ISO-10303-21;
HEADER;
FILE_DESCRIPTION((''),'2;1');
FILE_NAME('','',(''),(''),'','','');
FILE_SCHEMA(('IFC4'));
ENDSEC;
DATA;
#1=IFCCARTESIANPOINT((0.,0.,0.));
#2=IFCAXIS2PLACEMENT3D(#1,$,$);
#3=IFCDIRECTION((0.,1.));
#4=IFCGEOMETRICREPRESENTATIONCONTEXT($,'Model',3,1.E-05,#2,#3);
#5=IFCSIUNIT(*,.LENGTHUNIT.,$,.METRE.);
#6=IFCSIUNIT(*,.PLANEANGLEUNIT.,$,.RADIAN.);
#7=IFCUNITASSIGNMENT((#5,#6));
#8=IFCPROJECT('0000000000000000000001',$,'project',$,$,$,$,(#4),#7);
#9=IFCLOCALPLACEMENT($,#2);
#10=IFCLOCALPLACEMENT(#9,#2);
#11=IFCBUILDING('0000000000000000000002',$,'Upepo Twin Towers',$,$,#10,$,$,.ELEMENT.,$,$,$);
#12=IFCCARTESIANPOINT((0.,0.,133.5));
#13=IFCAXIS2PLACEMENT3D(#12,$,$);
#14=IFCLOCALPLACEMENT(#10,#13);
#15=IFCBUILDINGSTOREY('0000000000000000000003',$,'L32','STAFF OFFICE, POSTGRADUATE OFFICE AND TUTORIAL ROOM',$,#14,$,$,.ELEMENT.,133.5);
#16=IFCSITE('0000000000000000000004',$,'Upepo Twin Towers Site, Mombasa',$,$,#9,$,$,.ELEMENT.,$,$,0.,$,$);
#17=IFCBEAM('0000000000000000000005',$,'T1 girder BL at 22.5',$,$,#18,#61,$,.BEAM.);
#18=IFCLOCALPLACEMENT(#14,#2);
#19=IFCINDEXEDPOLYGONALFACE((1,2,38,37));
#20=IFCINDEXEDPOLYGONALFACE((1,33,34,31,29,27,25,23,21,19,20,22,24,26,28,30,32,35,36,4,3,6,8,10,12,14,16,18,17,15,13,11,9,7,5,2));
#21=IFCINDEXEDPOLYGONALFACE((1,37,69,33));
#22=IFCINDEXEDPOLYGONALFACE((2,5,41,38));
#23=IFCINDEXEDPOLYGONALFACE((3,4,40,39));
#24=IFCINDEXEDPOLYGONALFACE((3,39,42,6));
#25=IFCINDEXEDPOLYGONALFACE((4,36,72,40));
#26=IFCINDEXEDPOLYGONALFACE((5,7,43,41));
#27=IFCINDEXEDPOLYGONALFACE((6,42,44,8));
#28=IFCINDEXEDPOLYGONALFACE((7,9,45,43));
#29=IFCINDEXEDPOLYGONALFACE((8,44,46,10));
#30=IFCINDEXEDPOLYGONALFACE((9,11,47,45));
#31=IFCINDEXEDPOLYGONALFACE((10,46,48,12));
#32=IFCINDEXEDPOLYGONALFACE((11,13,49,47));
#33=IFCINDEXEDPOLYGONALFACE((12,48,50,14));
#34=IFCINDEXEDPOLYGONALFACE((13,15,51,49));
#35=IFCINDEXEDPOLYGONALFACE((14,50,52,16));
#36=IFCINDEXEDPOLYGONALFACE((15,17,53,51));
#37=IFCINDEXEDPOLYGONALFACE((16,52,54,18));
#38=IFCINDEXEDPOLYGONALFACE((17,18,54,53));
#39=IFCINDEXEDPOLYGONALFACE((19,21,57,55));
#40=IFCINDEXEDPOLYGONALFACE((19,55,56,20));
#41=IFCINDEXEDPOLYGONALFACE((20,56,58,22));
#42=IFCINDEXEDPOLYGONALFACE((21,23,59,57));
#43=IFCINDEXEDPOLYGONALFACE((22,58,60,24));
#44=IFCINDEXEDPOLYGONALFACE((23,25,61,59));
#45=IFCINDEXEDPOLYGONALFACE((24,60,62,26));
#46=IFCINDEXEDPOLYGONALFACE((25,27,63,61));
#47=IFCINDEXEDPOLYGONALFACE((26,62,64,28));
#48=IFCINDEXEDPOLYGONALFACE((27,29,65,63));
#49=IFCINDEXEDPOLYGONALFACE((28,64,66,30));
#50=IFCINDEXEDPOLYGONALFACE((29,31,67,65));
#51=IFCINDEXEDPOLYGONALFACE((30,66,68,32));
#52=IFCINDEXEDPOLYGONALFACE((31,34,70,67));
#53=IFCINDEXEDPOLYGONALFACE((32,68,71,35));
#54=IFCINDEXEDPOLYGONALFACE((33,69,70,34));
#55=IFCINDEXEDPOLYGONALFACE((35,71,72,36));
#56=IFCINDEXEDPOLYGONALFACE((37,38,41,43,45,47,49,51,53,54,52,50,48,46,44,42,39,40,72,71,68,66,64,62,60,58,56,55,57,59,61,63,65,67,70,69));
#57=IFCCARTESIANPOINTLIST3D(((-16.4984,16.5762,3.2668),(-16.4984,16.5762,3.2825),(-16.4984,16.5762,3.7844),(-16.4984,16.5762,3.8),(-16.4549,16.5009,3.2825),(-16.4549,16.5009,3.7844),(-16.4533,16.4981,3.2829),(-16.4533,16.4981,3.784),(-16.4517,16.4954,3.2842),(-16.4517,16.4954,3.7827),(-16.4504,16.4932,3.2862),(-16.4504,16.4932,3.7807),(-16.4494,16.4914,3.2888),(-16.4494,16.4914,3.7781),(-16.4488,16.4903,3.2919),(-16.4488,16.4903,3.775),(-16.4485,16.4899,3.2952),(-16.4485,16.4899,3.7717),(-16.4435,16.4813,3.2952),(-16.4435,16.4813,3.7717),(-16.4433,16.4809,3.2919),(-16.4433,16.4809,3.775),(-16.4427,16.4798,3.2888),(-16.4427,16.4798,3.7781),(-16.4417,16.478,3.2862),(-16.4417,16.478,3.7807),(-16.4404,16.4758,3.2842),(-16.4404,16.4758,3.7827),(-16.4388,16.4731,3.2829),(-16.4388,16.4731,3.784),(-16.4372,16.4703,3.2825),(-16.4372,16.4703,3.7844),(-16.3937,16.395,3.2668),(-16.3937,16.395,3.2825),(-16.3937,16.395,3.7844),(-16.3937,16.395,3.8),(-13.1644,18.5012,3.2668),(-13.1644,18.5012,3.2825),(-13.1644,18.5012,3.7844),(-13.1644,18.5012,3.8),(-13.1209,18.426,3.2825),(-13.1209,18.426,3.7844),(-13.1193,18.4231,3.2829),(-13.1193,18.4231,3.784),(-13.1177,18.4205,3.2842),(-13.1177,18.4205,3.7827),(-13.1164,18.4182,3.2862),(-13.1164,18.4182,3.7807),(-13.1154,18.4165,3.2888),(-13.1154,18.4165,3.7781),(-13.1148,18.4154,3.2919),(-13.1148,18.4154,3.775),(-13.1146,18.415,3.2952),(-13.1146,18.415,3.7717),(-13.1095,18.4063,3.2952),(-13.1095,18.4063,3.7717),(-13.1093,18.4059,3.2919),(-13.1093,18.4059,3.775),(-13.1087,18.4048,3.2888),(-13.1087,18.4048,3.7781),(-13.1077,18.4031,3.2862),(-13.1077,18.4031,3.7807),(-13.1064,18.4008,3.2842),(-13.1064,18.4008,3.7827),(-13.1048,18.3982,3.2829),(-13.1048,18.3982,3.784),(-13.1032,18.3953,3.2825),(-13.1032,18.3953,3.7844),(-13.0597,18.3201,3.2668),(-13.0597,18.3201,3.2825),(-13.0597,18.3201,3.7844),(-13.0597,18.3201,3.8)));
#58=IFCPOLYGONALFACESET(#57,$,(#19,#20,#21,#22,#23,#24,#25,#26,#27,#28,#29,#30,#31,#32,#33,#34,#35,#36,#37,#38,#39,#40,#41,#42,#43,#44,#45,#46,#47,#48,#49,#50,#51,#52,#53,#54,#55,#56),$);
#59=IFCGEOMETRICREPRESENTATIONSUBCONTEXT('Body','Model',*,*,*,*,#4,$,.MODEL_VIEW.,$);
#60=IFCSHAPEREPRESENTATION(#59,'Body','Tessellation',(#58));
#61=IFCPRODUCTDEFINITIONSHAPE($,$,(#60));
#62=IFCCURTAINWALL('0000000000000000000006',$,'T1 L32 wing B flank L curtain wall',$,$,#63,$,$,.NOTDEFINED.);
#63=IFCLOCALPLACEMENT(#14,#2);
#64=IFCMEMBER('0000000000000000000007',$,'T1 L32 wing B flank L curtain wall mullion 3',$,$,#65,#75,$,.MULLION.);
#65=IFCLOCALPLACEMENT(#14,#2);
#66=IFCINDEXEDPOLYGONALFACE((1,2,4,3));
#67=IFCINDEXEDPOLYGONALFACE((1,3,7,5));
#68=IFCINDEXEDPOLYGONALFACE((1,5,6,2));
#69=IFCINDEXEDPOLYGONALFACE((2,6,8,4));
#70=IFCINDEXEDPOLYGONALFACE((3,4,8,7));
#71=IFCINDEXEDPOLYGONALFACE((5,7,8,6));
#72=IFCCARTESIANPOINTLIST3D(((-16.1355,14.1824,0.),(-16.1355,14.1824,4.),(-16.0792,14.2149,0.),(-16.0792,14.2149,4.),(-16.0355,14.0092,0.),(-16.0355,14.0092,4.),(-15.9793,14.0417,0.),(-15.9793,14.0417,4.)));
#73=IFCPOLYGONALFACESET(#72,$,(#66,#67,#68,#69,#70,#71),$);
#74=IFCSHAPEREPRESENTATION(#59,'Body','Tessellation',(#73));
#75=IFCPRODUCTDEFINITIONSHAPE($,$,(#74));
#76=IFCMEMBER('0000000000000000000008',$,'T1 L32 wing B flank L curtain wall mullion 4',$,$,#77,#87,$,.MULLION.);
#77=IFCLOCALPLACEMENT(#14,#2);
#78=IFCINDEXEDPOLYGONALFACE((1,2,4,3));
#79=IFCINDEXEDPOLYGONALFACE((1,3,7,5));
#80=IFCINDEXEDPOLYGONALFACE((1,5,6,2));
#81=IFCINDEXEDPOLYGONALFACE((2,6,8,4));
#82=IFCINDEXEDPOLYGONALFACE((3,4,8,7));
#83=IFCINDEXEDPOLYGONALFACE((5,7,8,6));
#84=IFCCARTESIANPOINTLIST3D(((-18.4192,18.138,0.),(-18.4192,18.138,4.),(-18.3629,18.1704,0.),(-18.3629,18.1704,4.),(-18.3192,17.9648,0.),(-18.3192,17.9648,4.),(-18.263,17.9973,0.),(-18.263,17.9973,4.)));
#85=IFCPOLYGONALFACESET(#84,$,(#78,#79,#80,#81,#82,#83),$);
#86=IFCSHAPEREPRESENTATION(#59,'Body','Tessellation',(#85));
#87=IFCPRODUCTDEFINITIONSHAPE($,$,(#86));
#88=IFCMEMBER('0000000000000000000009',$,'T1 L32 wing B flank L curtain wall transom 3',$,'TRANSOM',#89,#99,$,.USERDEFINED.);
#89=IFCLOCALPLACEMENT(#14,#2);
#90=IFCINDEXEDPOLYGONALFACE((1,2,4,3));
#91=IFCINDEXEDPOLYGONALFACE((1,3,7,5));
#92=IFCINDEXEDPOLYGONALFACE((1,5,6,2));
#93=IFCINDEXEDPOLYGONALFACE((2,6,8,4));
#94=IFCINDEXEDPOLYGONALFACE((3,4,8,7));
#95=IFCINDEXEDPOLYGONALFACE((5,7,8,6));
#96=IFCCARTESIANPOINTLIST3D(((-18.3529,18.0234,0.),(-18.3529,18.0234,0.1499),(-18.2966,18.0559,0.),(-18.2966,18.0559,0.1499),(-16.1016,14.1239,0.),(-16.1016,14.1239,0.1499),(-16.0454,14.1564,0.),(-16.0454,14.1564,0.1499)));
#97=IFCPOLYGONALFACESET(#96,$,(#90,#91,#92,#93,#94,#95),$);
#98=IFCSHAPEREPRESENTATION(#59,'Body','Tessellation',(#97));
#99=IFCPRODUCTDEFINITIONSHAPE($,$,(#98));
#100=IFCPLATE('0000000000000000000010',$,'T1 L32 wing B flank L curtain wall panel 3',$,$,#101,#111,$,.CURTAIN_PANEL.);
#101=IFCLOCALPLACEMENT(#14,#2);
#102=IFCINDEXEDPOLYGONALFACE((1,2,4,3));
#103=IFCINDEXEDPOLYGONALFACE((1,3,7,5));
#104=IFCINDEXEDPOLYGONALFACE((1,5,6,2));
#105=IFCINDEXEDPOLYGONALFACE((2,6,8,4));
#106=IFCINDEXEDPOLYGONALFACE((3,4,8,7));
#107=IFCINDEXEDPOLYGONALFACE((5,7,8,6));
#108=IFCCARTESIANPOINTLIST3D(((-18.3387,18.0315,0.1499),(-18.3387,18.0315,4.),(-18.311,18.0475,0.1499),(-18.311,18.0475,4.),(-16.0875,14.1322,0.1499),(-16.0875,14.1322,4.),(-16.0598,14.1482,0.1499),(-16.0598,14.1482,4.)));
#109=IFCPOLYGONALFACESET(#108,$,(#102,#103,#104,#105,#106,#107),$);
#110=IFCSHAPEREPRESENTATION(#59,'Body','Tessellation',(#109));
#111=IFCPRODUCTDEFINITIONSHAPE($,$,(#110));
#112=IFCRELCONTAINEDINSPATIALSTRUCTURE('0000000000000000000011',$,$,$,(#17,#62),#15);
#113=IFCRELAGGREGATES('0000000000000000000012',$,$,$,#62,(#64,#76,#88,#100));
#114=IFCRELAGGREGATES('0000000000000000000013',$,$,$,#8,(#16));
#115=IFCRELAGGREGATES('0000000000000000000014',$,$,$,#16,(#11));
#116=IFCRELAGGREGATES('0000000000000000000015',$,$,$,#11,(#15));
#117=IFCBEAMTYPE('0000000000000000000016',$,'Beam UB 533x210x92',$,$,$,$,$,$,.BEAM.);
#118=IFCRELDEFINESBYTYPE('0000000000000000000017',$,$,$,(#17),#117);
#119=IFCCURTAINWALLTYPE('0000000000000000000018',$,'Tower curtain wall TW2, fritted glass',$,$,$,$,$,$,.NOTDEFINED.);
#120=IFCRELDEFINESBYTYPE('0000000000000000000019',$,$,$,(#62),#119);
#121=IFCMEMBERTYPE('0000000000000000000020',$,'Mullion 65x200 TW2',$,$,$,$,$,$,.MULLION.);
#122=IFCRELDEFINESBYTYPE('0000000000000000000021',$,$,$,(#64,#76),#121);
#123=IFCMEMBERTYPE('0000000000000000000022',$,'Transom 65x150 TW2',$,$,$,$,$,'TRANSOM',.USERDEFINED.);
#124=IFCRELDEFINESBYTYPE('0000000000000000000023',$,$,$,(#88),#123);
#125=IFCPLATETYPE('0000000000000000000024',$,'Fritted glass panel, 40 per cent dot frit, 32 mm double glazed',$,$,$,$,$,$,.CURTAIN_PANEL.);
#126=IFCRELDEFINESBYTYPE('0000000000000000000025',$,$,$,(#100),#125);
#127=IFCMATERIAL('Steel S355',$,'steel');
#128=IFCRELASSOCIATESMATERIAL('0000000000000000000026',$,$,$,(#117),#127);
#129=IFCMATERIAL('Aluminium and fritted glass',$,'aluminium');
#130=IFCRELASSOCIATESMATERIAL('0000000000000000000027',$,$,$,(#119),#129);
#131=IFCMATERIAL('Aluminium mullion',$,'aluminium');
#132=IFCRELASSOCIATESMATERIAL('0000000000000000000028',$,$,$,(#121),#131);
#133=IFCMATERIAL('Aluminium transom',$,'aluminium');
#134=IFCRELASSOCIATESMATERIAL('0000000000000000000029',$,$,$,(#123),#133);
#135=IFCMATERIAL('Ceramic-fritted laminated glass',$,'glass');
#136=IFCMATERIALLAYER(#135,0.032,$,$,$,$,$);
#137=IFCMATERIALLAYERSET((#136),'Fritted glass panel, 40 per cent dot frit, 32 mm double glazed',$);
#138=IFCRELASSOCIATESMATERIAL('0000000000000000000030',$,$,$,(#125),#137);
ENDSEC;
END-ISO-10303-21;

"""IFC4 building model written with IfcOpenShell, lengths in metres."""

from ifc_helpers import new_model, si_unit, direction, frame, origin, origin_2d, place, context, subcontext, project, spatial, rectangle, i_section, extrude, material, layer, layer_set, material_profile, profile_set, type_object, element, aggregate, save


model = new_model("IFC4")

# Units and contexts
model_context = context("Model", 3, precision=1e-05, world=origin(), true_north=direction((0.0, 1.0)))
body_context = subcontext(model_context, "Body", "Model", "MODEL_VIEW")
ifc_project = project(units=[si_unit("LENGTHUNIT", "METRE"), si_unit("PLANEANGLEUNIT", "RADIAN")], contexts=[model_context])

# Site, building, storey
site_placement = place(None, origin())
site = spatial("IfcSite", under=ifc_project, at=site_placement, Name="Upepo Twin Towers Site, Mombasa", CompositionType="ELEMENT", RefElevation=0.0)
building_placement = place(site_placement, origin())
building = spatial("IfcBuilding", under=site, at=building_placement, Name="Upepo Twin Towers", CompositionType="ELEMENT")
storey_placement = place(building_placement, frame((0.0, 0.0, 133.5)))
storey = spatial("IfcBuildingStorey", under=building, at=storey_placement, Name="L32", Description="STAFF OFFICE, POSTGRADUATE OFFICE AND TUTORIAL ROOM", CompositionType="ELEMENT", Elevation=133.5)

# Beam
ifc_material_1 = material(Name="Steel S355", Category="steel")
ifc_material_profile_1 = material_profile(ifc_material_1, i_section(OverallWidth=0.2092, OverallDepth=0.5332, WebThickness=0.01, FlangeThickness=0.0156, FilletRadius=0.0127, at=origin_2d()), Name="UB 533x210x92")
ifc_profile_set_1 = profile_set([ifc_material_profile_1], Name="Steel S355")
beam_type_1 = type_object("IfcBeamType", Name="Beam UB 533x210x92", PredefinedType="BEAM", material=ifc_profile_set_1)
for number, where, z_axis, x_axis, name in (
    (1, (-16.446, 16.4856, 3.5334), (0.866006, 0.500034, 0.0), (-0.500034, 0.866006, 0.0), "T1 girder BL at 22.5"),
):
    element("IfcBeam", number, at=place(storey_placement, frame(where, z_axis=z_axis, x_axis=x_axis)), inside=storey, type_object=beam_type_1, Name=name, PredefinedType="BEAM", context=body_context, shape_type="SweptSolid", body=[
        extrude(i_section(OverallWidth=0.2092, OverallDepth=0.5332, WebThickness=0.01, FlangeThickness=0.0156, FilletRadius=0.0127, at=origin_2d()), origin(), (0.0, 0.0, 1.0), 3.8499),
    ])

# Curtain wall, members, plate
ifc_material_2 = material(Name="Aluminium and fritted glass", Category="aluminium")
curtain_wall_type = type_object("IfcCurtainWallType", Name="Tower curtain wall TW2, fritted glass", PredefinedType="NOTDEFINED", material=ifc_material_2)
curtain_wall_placement = place(storey_placement, origin())
curtain_wall = element("IfcCurtainWall", 2, at=curtain_wall_placement, inside=storey, type_object=curtain_wall_type, Name="T1 L32 wing B flank L curtain wall", PredefinedType="NOTDEFINED")
ifc_material_3 = material(Name="Aluminium mullion", Category="aluminium")
ifc_material_profile_2 = material_profile(ifc_material_3, rectangle(XDim=0.0649, YDim=0.2, at=origin_2d()), Name="MULLION 65x200")
ifc_profile_set_2 = profile_set([ifc_material_profile_2], Name="Aluminium mullion")
member_type_1 = type_object("IfcMemberType", Name="Mullion 65x200 TW2", PredefinedType="MULLION", material=ifc_profile_set_2)
member_1_placement = place(storey_placement, frame((-16.0574, 14.1121, 0.0), z_axis=(0.0, 0.0, 1.0), x_axis=(-0.866025, -0.5, 0.0)))
member_1 = element("IfcMember", 3, at=member_1_placement, type_object=member_type_1, Name="T1 L32 wing B flank L curtain wall mullion 3", PredefinedType="MULLION", context=body_context, shape_type="SweptSolid", body=[
    extrude(rectangle(XDim=0.0649, YDim=0.2, at=origin_2d()), origin(), (0.0, 0.0, 1.0), 4.0),
])
member_2_placement = place(storey_placement, frame((-18.3411, 18.0676, 0.0), z_axis=(0.0, 0.0, 1.0), x_axis=(-0.866025, -0.5, 0.0)))
member_2 = element("IfcMember", 4, at=member_2_placement, type_object=member_type_1, Name="T1 L32 wing B flank L curtain wall mullion 4", PredefinedType="MULLION", context=body_context, shape_type="SweptSolid", body=[
    extrude(rectangle(XDim=0.0649, YDim=0.2, at=origin_2d()), origin(), (0.0, 0.0, 1.0), 4.0),
])
ifc_material_4 = material(Name="Aluminium transom", Category="aluminium")
ifc_material_profile_3 = material_profile(ifc_material_4, rectangle(XDim=0.0649, YDim=0.1499, at=origin_2d()), Name="TRANSOM 65x150")
ifc_profile_set_3 = profile_set([ifc_material_profile_3], Name="Aluminium transom")
member_type_2 = type_object("IfcMemberType", Name="Transom 65x150 TW2", ElementType="TRANSOM", PredefinedType="USERDEFINED", material=ifc_profile_set_3)
member_3_placement = place(storey_placement, frame((-16.0735, 14.1401, 0.075), z_axis=(-0.499982, 0.866036, 0.0), x_axis=(-0.866036, -0.499982, 0.0)))
member_3 = element("IfcMember", 5, at=member_3_placement, type_object=member_type_2, Name="T1 L32 wing B flank L curtain wall transom 3", ObjectType="TRANSOM", PredefinedType="USERDEFINED", context=body_context, shape_type="SweptSolid", body=[
    extrude(rectangle(XDim=0.0649, YDim=0.1499, at=origin_2d()), origin(), (0.0, 0.0, 1.0), 4.5027),
])
ifc_material_5 = material(Name="Ceramic-fritted laminated glass", Category="glass")
ifc_layer_1 = layer(ifc_material_5, 0.032)
ifc_layer_set_1 = layer_set([ifc_layer_1], Name="Fritted glass panel, 40 per cent dot frit, 32 mm double glazed")
plate_type = type_object("IfcPlateType", Name="Fritted glass panel, 40 per cent dot frit, 32 mm double glazed", PredefinedType="CURTAIN_PANEL", material=ifc_layer_set_1)
plate_placement = place(storey_placement, frame((-17.1992, 16.0898, 0.1499), z_axis=(0.0, 0.0, 1.0), x_axis=(-0.5, 0.866025, 0.0)))
plate = element("IfcPlate", 6, at=plate_placement, type_object=plate_type, Name="T1 L32 wing B flank L curtain wall panel 3", PredefinedType="CURTAIN_PANEL", context=body_context, shape_type="SweptSolid", body=[
    extrude(rectangle(XDim=4.5024, YDim=0.032, at=origin_2d()), origin(), (0.0, 0.0, 1.0), 3.8501),
])
aggregate(curtain_wall, [member_1, member_2, member_3, plate])

save(model, "model.ifc")
